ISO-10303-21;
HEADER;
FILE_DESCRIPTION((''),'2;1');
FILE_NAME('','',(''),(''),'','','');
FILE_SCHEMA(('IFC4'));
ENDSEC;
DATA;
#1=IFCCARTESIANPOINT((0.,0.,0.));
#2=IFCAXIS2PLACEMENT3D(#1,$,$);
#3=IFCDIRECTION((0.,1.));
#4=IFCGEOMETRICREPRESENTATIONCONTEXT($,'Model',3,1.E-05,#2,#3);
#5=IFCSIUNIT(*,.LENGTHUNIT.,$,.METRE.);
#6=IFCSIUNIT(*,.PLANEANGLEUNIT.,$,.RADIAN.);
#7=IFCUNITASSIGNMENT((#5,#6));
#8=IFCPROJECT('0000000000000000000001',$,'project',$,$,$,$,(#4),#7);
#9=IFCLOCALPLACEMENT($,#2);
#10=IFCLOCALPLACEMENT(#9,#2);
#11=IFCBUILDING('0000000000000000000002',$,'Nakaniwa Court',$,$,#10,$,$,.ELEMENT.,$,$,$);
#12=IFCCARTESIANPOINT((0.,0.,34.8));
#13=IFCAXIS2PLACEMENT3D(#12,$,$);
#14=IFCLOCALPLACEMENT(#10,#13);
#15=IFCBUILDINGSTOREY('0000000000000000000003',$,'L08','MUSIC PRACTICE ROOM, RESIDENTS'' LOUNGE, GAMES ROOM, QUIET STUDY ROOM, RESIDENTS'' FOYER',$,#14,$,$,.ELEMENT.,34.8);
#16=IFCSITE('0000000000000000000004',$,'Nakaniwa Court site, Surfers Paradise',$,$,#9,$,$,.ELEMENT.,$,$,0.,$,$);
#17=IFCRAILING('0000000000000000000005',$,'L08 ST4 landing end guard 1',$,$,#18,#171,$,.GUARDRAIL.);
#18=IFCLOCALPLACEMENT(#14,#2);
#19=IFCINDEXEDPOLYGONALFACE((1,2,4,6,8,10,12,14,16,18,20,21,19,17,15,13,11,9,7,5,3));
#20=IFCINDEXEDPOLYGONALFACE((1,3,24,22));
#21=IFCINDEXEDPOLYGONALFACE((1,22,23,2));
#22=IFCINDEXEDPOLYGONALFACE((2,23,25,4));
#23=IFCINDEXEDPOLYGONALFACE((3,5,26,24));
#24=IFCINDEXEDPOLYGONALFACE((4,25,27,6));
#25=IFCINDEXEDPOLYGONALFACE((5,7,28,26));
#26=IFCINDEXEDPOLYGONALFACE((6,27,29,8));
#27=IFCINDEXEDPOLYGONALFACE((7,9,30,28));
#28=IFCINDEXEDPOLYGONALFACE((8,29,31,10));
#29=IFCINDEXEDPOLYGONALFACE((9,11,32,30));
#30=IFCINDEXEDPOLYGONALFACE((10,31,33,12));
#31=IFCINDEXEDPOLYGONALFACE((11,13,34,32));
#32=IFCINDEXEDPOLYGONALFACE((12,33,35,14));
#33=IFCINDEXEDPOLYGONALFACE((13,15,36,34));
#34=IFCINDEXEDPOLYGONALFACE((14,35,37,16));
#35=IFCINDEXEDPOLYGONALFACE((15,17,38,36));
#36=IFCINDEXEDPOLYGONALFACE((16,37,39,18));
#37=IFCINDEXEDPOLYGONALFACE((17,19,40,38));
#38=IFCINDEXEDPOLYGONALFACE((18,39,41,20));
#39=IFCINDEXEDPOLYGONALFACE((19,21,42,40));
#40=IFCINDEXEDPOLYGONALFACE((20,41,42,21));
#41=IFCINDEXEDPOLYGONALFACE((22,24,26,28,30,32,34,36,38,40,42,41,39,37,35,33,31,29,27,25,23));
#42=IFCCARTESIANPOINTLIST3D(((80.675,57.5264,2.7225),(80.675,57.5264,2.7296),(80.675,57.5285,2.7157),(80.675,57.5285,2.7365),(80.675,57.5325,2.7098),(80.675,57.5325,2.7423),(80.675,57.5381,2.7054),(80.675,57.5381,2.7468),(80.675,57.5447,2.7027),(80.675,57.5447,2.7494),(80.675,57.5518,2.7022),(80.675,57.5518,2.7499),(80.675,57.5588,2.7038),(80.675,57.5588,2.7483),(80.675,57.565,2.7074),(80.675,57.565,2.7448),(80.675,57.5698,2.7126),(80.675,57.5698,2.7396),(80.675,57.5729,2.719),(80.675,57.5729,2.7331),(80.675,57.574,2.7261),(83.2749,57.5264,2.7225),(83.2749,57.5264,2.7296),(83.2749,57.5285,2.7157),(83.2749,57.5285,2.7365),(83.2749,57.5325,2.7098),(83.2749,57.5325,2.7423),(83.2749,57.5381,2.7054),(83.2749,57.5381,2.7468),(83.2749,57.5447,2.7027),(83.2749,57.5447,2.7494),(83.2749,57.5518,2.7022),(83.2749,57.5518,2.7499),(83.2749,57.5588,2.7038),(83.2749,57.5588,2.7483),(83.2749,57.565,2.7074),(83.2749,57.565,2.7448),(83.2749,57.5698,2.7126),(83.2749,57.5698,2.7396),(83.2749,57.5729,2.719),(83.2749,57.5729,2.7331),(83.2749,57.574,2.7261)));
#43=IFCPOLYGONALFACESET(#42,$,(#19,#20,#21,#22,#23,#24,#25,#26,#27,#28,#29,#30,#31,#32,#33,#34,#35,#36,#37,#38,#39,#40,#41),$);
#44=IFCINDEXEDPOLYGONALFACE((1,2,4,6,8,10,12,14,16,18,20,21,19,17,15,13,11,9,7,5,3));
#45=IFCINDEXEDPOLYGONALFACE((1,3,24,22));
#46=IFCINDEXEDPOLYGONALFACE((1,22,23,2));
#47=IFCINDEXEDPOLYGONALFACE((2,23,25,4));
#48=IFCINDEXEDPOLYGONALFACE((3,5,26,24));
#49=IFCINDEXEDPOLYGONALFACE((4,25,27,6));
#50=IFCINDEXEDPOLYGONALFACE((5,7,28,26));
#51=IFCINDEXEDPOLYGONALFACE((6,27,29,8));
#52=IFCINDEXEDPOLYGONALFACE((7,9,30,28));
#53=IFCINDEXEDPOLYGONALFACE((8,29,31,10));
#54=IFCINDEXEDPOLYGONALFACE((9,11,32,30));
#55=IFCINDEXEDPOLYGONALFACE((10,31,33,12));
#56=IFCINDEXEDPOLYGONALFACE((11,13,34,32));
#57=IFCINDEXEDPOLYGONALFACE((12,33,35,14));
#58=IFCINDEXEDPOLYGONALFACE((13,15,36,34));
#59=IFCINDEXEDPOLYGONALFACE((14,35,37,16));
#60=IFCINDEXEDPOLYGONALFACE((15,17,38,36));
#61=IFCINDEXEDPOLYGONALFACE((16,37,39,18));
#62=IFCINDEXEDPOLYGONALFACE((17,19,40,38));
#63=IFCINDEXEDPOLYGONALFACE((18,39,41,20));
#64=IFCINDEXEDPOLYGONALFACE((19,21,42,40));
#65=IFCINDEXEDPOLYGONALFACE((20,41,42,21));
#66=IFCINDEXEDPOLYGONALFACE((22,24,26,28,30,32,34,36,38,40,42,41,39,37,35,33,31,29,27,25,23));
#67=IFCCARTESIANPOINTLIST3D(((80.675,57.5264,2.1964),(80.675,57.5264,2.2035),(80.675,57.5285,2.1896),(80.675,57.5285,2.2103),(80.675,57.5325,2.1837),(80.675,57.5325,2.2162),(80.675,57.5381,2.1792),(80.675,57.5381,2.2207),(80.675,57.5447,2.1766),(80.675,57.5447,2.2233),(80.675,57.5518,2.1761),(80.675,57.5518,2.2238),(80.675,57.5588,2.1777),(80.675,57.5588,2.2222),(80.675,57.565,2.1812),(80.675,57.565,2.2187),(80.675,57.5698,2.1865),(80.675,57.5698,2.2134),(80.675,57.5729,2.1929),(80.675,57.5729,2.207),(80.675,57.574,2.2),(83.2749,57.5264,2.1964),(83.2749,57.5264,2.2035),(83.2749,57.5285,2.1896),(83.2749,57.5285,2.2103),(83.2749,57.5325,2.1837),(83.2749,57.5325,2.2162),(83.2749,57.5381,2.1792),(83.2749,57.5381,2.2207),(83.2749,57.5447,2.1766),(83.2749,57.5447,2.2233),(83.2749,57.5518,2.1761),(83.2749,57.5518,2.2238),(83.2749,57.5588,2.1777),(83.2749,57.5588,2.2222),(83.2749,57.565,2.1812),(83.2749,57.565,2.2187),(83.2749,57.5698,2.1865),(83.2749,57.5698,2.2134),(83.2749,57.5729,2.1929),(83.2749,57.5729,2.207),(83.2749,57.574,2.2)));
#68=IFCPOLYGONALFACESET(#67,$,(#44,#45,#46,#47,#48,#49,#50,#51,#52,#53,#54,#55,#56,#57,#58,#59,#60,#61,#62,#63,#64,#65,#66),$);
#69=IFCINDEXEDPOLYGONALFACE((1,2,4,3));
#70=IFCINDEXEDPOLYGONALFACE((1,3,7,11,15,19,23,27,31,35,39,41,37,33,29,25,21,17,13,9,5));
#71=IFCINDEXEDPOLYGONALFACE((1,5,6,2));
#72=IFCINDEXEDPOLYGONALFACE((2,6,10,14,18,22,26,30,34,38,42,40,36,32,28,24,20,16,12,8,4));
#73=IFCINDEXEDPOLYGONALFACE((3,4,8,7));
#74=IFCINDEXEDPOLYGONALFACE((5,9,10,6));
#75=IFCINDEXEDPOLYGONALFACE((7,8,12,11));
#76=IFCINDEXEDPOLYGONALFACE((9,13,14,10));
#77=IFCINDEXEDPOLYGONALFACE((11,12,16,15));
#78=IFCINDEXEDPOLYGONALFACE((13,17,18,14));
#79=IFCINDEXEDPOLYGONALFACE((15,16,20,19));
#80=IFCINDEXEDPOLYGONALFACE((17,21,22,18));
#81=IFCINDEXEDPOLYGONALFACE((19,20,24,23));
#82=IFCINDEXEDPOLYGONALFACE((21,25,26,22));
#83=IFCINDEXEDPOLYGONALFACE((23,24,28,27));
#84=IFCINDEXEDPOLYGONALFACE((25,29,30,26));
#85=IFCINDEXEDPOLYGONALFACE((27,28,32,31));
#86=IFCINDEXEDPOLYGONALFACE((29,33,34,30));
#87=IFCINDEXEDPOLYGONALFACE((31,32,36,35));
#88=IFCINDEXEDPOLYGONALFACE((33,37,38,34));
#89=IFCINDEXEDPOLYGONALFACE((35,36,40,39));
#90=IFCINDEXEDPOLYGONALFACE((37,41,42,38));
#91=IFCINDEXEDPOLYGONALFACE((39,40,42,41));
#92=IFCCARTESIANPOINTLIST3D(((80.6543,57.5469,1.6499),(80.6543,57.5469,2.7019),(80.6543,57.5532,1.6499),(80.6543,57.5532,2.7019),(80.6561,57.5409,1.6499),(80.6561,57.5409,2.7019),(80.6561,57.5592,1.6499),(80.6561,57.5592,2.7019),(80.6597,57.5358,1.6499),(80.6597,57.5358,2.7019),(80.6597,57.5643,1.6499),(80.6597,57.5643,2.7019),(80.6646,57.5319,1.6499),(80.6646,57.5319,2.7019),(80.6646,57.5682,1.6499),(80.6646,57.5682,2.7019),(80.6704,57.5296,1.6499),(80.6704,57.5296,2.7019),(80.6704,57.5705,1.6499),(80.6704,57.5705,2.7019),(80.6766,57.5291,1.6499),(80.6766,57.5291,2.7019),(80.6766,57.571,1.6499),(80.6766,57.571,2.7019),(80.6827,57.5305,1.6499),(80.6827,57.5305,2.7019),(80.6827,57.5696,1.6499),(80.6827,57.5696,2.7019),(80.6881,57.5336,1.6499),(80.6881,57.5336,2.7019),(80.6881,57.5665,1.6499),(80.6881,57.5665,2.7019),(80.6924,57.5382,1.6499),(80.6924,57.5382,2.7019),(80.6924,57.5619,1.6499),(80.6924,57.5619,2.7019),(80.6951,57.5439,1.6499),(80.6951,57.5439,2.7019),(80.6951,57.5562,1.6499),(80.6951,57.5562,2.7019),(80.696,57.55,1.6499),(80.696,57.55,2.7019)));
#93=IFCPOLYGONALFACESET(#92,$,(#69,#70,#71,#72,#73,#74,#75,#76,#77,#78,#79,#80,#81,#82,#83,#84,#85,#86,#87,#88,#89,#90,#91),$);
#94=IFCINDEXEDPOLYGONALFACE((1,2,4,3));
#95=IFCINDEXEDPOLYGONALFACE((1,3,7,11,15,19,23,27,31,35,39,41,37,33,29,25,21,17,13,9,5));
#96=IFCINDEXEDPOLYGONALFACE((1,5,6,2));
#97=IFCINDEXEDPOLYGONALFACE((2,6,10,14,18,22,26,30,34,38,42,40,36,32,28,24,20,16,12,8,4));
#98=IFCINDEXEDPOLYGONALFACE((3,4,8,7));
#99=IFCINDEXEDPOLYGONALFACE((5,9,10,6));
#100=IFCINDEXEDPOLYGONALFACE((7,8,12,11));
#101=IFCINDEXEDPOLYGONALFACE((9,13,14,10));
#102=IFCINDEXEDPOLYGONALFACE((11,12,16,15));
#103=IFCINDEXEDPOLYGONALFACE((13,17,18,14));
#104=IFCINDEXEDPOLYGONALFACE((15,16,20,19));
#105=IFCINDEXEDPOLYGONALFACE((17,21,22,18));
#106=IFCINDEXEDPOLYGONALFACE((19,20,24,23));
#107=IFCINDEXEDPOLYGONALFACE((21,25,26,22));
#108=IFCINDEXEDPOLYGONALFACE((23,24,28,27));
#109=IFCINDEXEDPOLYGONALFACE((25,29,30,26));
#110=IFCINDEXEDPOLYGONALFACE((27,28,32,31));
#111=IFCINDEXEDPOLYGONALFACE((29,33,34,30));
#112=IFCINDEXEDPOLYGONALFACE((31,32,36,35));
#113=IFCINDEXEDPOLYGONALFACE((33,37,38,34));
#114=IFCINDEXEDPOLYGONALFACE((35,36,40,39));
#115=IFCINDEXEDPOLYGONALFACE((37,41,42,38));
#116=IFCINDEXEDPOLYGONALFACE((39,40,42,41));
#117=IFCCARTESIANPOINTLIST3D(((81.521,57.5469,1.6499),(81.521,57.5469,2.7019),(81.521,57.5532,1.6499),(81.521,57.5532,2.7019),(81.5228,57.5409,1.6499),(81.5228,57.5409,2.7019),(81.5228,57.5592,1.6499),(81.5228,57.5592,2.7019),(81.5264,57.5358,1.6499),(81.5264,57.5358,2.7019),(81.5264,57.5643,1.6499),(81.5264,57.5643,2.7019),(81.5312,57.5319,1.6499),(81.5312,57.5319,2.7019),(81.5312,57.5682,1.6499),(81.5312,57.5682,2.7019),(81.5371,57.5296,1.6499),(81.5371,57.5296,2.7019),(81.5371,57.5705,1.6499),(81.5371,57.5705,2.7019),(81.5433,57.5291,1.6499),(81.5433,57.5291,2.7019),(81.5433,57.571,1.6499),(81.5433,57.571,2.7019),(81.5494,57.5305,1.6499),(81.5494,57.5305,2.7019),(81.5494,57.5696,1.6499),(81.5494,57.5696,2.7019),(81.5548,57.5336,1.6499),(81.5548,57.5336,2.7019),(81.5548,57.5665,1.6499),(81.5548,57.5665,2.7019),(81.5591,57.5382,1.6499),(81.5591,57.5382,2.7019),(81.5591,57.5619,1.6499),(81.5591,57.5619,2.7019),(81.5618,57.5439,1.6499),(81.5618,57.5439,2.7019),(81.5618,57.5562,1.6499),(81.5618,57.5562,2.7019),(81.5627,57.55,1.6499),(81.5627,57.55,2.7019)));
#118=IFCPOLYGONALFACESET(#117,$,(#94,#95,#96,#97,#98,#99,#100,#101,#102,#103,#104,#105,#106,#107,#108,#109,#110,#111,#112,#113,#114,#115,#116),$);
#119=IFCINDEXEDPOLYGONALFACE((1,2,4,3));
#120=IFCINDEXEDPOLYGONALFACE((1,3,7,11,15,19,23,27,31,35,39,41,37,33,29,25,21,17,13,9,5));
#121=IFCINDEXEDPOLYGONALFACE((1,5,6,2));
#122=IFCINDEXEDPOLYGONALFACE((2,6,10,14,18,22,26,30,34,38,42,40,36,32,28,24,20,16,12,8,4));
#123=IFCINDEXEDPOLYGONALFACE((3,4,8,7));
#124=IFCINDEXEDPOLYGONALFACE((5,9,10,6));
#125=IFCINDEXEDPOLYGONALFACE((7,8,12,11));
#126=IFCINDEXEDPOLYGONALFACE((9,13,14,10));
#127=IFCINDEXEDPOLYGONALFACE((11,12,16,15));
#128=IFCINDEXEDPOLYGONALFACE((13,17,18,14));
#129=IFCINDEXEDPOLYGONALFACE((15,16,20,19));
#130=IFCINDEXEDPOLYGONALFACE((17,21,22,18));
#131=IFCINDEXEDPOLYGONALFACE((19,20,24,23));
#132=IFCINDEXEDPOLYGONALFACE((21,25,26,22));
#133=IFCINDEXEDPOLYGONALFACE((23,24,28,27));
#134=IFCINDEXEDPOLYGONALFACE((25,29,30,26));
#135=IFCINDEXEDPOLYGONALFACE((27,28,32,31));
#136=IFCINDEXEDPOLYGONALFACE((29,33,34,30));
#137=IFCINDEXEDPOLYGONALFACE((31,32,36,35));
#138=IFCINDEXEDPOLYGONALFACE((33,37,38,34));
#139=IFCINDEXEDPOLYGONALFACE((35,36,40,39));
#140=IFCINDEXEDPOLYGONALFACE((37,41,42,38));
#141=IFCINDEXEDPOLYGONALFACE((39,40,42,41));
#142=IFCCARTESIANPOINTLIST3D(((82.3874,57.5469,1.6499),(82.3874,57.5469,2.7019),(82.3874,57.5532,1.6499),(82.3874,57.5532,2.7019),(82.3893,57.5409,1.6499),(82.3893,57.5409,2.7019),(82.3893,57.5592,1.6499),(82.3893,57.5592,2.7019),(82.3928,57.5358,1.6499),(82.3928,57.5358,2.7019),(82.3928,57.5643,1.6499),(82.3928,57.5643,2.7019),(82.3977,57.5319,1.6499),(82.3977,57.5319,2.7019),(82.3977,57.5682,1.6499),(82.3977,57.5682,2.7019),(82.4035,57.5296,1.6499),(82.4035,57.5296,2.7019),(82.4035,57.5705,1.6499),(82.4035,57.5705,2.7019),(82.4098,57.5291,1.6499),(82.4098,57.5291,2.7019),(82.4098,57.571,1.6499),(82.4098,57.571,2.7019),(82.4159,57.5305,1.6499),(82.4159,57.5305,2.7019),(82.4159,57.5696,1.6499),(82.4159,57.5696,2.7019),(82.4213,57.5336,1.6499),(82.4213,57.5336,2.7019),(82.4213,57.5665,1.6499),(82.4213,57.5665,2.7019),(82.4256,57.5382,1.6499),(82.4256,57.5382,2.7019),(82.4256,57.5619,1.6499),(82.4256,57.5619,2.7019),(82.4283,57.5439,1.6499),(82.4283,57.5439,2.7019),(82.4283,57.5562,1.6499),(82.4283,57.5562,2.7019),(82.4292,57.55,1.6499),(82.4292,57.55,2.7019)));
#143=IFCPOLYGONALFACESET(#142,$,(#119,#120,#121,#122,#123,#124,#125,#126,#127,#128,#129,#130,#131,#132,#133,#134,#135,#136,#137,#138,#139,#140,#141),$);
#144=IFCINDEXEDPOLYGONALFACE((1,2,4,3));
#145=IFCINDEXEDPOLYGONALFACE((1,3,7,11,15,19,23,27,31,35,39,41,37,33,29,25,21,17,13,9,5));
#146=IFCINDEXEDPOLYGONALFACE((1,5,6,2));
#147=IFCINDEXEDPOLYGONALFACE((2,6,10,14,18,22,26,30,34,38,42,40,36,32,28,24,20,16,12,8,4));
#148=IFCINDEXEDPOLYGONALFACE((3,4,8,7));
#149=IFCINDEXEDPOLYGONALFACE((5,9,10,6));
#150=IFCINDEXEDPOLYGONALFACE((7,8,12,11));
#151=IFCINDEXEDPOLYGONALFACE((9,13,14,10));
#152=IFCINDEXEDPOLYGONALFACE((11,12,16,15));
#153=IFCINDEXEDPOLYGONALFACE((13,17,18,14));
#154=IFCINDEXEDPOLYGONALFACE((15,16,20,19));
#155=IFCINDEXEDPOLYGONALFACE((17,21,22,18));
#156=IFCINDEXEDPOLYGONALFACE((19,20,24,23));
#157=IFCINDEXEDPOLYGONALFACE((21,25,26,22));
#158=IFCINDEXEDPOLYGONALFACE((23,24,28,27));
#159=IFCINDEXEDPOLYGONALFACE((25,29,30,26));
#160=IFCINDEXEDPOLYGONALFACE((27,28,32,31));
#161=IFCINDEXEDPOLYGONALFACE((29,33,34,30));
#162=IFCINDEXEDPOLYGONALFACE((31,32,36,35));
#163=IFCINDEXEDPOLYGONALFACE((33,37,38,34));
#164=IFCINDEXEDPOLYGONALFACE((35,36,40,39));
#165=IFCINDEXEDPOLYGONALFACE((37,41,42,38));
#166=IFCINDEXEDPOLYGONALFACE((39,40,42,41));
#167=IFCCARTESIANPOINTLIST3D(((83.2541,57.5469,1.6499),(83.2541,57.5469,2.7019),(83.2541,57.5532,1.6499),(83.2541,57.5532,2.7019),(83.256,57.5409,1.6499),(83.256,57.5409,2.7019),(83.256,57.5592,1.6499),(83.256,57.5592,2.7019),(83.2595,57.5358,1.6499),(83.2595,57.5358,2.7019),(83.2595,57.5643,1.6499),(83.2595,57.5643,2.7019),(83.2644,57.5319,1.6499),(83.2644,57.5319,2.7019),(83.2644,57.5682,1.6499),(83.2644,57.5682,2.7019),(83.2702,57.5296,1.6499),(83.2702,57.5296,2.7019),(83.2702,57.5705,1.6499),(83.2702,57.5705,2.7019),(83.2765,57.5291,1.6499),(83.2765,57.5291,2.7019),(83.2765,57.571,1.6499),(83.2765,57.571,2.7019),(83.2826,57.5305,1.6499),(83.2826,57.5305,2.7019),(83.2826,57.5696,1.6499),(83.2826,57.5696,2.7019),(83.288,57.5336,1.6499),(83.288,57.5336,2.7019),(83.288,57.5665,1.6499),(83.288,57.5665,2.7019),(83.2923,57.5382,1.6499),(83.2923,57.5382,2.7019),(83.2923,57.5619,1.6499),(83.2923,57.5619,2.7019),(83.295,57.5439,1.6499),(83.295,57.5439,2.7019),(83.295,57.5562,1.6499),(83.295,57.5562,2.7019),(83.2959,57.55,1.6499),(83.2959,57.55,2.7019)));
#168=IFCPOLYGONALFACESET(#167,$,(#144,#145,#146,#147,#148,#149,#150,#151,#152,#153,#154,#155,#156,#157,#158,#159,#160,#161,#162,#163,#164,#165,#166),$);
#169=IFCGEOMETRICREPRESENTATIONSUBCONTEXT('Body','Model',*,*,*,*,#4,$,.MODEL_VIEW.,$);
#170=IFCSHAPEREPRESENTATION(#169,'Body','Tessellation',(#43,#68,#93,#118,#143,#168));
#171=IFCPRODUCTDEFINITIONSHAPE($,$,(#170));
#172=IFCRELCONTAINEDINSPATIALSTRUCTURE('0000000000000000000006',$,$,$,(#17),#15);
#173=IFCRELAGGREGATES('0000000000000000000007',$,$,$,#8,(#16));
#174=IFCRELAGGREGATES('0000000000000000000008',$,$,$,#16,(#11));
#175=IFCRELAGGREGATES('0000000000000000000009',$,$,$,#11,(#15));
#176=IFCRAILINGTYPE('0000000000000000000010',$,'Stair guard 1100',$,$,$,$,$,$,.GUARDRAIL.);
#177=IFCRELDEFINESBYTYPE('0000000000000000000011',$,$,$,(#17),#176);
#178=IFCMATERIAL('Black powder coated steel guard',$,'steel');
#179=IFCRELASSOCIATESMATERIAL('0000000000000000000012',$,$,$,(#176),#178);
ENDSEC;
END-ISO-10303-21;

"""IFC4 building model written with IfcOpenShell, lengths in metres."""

from ifc_helpers import new_model, si_unit, direction, frame, origin, origin_2d, place, context, subcontext, project, spatial, circle, extrude, material, type_object, element, save


model = new_model("IFC4")

# Units and contexts
model_context = context("Model", 3, precision=1e-05, world=origin(), true_north=direction((0.0, 1.0)))
body_context = subcontext(model_context, "Body", "Model", "MODEL_VIEW")
ifc_project = project(units=[si_unit("LENGTHUNIT", "METRE"), si_unit("PLANEANGLEUNIT", "RADIAN")], contexts=[model_context])

# Site, building, storey
site_placement = place(None, origin())
site = spatial("IfcSite", under=ifc_project, at=site_placement, Name="Nakaniwa Court site, Surfers Paradise", CompositionType="ELEMENT", RefElevation=0.0)
building_placement = place(site_placement, origin())
building = spatial("IfcBuilding", under=site, at=building_placement, Name="Nakaniwa Court", CompositionType="ELEMENT")
storey_placement = place(building_placement, frame((0.0, 0.0, 34.8)))
storey = spatial("IfcBuildingStorey", under=building, at=storey_placement, Name="L08", Description="MUSIC PRACTICE ROOM, RESIDENTS' LOUNGE, GAMES ROOM, QUIET STUDY ROOM, RESIDENTS' FOYER", CompositionType="ELEMENT", Elevation=34.8)

# Railing
ifc_material_1 = material(Name="Black powder coated steel guard", Category="steel")
railing_type_1 = type_object("IfcRailingType", Name="Stair guard 1100", PredefinedType="GUARDRAIL", material=ifc_material_1)
railing_1_placement = place(storey_placement, frame((80.675, 57.55, 1.6499)))
element("IfcRailing", 1, at=railing_1_placement, inside=storey, type_object=railing_type_1, Name="L08 ST4 landing end guard 1", PredefinedType="GUARDRAIL", context=body_context, shape_type="SweptSolid", body=[
    extrude(circle(Radius=0.0239, at=origin_2d()), frame((0.0, 0.0, 1.0762), z_axis=(1.0, 0.0, 0.0), x_axis=(0.0, 1.0, 0.0)), (0.0, 0.0, 1.0), 2.5999),
    extrude(circle(Radius=0.0239, at=origin_2d()), frame((0.0, 0.0, 0.55), z_axis=(1.0, 0.0, 0.0), x_axis=(0.0, 1.0, 0.0)), (0.0, 0.0, 1.0), 2.5999),
    extrude(circle(Radius=0.021, at=origin_2d()), origin(), (0.0, 0.0, 1.0), 1.052),
    extrude(circle(Radius=0.021, at=origin_2d()), frame((0.8667, 0.0, 0.0)), (0.0, 0.0, 1.0), 1.052),
    extrude(circle(Radius=0.021, at=origin_2d()), frame((1.7332, 0.0, 0.0)), (0.0, 0.0, 1.0), 1.052),
    extrude(circle(Radius=0.021, at=origin_2d()), frame((2.5999, 0.0, 0.0)), (0.0, 0.0, 1.0), 1.052),
])

save(model, "model.ifc")
